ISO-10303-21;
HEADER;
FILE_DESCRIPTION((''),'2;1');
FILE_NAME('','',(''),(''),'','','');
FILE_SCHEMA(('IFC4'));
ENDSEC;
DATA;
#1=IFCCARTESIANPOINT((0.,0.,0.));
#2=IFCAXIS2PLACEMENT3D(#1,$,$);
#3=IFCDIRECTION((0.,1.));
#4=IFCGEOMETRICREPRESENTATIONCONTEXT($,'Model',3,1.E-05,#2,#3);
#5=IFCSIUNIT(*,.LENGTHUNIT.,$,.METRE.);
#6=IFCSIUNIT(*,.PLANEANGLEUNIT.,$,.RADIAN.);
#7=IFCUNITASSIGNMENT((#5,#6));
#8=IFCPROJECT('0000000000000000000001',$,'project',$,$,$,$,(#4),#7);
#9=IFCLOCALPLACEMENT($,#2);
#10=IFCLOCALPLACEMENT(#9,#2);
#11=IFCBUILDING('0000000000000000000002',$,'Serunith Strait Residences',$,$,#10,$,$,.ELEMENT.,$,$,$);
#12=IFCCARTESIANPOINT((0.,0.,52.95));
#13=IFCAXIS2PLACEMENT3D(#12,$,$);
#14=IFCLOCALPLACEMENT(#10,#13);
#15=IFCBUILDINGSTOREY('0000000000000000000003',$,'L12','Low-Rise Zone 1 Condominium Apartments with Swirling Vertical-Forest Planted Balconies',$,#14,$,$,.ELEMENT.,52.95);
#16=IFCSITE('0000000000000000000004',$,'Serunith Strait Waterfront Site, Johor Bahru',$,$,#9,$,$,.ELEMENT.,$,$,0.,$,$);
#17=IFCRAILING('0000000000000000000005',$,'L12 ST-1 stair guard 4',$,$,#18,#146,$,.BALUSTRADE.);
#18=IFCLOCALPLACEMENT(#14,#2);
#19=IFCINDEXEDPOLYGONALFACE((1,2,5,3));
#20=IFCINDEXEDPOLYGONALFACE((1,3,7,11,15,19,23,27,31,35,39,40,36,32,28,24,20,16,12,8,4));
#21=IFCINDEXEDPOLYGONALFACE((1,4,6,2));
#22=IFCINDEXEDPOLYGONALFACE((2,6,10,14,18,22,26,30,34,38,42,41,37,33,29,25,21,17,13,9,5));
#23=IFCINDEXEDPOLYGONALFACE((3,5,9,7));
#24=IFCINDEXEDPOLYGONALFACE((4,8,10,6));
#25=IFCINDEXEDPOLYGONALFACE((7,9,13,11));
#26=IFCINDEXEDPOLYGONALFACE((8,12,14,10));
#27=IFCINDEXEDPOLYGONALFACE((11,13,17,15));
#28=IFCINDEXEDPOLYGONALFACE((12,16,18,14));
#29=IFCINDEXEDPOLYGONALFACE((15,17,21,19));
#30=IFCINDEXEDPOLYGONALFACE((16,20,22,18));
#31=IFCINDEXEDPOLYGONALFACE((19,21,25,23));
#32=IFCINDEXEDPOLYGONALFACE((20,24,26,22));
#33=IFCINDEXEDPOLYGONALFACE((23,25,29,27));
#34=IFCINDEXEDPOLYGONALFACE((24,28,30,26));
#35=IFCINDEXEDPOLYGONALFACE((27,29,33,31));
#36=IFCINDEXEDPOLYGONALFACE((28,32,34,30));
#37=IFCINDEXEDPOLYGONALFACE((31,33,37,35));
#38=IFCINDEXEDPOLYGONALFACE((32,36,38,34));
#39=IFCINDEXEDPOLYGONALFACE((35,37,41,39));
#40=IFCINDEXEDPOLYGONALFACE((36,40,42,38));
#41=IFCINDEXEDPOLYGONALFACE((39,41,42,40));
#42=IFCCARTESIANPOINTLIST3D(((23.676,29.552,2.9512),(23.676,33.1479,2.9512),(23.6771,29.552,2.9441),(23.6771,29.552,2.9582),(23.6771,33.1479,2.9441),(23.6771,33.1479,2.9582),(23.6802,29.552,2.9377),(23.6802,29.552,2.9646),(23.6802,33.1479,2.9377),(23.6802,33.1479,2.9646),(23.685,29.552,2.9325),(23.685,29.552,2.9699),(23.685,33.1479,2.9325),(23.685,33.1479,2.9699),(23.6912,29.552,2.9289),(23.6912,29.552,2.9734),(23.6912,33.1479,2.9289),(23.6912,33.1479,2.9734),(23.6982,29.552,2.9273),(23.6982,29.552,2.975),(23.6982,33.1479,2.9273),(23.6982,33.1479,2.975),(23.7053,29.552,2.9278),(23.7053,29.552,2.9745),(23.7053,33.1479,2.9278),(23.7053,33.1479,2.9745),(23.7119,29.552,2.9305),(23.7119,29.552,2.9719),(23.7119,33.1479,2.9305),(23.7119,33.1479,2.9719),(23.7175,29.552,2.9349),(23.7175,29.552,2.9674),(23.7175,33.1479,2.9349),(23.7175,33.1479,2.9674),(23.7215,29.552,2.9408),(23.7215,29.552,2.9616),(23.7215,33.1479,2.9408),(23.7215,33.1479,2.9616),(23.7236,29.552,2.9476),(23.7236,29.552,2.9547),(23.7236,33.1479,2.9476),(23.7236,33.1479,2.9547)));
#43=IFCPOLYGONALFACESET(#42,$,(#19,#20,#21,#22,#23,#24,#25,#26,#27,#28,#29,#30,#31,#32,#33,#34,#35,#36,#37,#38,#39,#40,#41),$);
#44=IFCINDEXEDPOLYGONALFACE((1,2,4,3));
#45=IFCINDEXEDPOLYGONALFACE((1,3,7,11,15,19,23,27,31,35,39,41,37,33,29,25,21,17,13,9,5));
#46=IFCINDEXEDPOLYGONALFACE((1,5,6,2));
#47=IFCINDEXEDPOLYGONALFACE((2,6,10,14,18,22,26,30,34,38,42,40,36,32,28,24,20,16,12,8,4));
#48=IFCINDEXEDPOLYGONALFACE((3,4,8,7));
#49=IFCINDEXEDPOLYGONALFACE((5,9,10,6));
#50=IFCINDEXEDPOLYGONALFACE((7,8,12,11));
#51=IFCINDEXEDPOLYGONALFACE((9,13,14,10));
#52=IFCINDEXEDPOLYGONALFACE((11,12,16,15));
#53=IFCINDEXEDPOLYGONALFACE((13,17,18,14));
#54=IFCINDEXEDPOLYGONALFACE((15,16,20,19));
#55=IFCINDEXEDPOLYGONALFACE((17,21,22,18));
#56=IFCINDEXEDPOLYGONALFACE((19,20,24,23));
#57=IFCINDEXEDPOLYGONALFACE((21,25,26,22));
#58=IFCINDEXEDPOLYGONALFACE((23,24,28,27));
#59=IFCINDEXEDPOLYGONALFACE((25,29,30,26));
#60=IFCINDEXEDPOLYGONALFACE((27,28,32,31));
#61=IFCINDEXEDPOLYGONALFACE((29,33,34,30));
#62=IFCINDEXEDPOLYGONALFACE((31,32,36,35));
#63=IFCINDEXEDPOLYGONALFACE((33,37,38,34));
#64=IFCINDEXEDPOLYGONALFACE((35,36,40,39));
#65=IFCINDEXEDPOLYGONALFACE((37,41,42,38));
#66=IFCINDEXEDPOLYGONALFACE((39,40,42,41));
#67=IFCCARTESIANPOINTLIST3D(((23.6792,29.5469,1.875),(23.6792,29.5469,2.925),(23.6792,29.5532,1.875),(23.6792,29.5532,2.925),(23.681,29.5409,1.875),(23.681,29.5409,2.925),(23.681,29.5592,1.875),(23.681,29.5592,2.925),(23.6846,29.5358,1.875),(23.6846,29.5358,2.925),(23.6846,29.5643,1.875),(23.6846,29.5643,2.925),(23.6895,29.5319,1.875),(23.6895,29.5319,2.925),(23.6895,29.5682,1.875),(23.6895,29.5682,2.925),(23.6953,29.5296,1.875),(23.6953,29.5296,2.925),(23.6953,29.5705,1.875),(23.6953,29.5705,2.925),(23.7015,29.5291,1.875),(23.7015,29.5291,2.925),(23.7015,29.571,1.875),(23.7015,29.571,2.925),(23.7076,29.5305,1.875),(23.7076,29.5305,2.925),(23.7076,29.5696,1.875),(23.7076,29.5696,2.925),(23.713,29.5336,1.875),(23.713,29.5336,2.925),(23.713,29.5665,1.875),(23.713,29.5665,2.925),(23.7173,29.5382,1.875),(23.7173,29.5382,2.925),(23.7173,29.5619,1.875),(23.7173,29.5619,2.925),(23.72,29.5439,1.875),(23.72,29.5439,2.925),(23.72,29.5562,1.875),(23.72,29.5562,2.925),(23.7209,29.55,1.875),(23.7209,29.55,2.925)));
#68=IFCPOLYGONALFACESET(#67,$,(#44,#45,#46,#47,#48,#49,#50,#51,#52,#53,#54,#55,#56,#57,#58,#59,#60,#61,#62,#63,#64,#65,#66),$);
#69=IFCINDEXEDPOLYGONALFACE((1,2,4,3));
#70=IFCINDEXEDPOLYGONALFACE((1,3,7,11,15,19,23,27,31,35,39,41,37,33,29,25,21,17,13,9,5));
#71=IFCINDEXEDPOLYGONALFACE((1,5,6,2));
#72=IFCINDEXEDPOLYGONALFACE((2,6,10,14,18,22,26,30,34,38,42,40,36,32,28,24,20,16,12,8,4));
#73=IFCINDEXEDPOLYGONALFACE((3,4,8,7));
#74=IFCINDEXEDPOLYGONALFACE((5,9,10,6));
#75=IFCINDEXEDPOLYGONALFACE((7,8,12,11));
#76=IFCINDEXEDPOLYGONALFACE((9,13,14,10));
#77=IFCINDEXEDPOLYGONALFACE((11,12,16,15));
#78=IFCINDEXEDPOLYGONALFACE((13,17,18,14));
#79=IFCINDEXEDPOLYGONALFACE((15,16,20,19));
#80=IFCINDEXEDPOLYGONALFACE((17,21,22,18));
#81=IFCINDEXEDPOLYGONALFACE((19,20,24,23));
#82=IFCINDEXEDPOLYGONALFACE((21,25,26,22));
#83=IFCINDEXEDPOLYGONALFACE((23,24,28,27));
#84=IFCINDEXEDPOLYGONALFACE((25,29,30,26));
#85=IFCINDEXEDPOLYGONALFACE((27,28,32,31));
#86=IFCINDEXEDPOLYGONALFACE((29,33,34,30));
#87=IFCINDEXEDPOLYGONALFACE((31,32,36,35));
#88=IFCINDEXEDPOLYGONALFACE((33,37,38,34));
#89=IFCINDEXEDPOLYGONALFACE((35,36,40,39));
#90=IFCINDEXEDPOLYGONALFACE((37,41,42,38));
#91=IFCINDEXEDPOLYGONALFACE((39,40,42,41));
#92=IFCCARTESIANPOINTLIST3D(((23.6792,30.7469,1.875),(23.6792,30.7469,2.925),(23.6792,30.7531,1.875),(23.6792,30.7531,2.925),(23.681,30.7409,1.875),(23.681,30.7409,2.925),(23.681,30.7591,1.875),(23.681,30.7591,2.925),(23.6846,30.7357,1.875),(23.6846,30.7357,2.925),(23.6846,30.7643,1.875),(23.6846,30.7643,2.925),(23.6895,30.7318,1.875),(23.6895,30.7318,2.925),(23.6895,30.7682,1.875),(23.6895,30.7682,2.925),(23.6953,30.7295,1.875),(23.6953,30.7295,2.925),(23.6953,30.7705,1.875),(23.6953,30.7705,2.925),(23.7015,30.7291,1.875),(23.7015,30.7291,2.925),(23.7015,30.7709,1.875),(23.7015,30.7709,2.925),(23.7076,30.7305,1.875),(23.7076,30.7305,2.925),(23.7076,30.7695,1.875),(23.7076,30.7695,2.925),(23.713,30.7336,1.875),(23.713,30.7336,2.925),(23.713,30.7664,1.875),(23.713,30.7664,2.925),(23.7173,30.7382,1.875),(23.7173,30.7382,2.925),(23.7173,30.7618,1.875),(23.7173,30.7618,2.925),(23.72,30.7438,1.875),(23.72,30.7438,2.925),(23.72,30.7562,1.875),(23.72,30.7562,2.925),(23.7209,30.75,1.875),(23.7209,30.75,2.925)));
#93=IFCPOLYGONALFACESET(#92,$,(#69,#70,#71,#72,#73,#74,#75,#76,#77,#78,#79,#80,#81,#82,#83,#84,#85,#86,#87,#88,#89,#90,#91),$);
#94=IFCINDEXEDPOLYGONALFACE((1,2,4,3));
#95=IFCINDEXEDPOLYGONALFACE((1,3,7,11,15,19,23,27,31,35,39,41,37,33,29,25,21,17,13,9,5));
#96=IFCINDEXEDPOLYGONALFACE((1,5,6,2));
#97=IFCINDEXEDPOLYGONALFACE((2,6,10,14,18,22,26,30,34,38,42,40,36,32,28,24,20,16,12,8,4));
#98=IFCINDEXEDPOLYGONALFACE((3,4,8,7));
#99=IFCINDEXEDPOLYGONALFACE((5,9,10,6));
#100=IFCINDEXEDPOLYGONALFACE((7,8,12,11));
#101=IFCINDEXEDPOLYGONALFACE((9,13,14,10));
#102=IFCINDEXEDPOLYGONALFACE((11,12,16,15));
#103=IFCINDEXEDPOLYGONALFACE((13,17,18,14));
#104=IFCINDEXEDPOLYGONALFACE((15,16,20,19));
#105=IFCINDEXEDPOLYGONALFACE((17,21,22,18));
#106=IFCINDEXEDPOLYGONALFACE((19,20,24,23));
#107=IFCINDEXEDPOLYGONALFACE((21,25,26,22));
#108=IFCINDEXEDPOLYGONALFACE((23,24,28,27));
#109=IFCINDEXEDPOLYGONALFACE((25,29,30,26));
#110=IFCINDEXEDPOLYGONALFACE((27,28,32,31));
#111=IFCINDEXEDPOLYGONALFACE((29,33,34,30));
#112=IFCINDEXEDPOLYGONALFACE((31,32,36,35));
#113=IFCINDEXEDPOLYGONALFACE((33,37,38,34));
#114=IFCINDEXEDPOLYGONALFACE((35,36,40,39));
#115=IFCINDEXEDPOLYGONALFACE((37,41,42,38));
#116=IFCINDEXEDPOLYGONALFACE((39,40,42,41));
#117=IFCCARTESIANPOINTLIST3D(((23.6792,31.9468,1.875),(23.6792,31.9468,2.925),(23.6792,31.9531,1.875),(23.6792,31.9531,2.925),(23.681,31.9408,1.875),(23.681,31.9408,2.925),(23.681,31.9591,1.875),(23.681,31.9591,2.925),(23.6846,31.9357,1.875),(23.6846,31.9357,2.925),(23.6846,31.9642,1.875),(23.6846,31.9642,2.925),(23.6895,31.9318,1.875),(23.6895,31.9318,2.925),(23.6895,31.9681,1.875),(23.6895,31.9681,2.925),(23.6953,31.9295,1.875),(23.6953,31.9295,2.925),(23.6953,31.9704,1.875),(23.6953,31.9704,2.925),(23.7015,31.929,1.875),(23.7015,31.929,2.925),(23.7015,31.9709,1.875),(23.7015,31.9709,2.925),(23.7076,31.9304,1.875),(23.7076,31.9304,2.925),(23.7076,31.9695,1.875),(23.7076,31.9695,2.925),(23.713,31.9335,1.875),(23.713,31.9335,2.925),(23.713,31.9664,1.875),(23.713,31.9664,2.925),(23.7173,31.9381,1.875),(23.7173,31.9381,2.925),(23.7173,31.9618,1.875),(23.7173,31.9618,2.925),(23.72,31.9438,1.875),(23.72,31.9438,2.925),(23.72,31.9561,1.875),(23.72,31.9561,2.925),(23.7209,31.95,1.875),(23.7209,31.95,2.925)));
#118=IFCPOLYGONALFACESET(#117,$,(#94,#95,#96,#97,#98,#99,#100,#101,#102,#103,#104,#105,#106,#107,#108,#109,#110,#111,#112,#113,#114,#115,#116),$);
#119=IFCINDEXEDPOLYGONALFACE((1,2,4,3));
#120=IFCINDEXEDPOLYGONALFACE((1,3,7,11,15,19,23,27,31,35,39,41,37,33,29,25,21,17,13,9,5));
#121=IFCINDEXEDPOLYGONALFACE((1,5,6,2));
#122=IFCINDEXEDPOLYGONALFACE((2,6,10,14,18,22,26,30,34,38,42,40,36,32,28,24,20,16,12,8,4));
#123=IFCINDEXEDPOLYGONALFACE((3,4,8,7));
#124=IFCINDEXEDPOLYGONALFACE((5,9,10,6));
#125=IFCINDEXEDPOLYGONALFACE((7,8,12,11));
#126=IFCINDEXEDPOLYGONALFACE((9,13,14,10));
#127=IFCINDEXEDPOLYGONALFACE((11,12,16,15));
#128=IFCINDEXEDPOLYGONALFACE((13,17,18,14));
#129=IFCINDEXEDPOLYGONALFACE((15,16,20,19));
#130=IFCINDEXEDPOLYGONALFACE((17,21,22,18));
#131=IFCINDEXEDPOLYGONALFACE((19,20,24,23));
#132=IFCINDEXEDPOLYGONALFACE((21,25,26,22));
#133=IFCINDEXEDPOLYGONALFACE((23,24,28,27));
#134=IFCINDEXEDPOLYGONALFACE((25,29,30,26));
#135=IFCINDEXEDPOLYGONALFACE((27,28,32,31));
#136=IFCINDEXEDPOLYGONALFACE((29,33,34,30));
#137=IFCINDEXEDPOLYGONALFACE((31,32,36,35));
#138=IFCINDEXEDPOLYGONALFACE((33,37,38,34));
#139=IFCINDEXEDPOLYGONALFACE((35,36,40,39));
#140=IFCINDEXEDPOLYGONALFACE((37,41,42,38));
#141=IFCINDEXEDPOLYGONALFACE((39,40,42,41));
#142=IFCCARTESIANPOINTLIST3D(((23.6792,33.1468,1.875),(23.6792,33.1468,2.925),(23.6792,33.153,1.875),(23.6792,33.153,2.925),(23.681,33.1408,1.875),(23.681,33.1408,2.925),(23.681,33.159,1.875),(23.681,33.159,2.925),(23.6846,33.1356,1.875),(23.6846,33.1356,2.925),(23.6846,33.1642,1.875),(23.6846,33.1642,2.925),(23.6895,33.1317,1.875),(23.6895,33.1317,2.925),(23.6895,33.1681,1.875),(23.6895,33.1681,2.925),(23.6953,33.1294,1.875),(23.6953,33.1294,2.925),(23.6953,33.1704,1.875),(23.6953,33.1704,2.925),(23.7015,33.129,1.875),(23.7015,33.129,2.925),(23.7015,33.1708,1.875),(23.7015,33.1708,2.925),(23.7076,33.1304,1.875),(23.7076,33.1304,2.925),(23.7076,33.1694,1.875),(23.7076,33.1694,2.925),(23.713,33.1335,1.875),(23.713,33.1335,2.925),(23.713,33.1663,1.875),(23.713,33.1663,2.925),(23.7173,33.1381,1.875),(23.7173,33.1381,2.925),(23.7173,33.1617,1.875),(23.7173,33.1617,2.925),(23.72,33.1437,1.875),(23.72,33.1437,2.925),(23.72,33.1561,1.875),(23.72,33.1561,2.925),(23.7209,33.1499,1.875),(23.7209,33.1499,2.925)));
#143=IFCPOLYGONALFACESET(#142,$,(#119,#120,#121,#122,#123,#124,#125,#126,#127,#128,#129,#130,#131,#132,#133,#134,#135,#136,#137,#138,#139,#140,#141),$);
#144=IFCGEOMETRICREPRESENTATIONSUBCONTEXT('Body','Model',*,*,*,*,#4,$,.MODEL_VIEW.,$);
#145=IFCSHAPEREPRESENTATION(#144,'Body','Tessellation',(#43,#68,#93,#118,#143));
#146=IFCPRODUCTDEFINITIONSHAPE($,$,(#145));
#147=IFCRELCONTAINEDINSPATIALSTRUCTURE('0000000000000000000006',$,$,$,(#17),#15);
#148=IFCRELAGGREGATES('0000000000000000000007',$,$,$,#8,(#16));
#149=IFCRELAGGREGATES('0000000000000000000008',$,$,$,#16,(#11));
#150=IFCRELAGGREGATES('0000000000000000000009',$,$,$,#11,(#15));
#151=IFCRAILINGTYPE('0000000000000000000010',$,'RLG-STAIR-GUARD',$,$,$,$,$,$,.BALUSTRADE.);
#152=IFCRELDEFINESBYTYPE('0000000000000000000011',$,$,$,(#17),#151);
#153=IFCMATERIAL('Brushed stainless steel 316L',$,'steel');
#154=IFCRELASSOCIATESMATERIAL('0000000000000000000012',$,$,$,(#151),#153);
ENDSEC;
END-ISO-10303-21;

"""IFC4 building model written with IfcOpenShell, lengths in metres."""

from ifc_helpers import new_model, si_unit, direction, frame, origin, origin_2d, place, context, subcontext, project, spatial, circle, extrude, material, type_object, element, save


model = new_model("IFC4")

# Units and contexts
model_context = context("Model", 3, precision=1e-05, world=origin(), true_north=direction((0.0, 1.0)))
body_context = subcontext(model_context, "Body", "Model", "MODEL_VIEW")
ifc_project = project(units=[si_unit("LENGTHUNIT", "METRE"), si_unit("PLANEANGLEUNIT", "RADIAN")], contexts=[model_context])

# Site, building, storey
site_placement = place(None, origin())
site = spatial("IfcSite", under=ifc_project, at=site_placement, Name="Serunith Strait Waterfront Site, Johor Bahru", CompositionType="ELEMENT", RefElevation=0.0)
building_placement = place(site_placement, origin())
building = spatial("IfcBuilding", under=site, at=building_placement, Name="Serunith Strait Residences", CompositionType="ELEMENT")
storey_placement = place(building_placement, frame((0.0, 0.0, 52.95)))
storey = spatial("IfcBuildingStorey", under=building, at=storey_placement, Name="L12", Description="Low-Rise Zone 1 Condominium Apartments with Swirling Vertical-Forest Planted Balconies", CompositionType="ELEMENT", Elevation=52.95)

# Railing
ifc_material_1 = material(Name="Brushed stainless steel 316L", Category="steel")
railing_type_1 = type_object("IfcRailingType", Name="RLG-STAIR-GUARD", PredefinedType="BALUSTRADE", material=ifc_material_1)
for number, where, name in (
    (1, (23.7, 29.55, 1.875), "L12 ST-1 stair guard 4"),
):
    element("IfcRailing", number, at=place(storey_placement, frame(where)), inside=storey, type_object=railing_type_1, Name=name, PredefinedType="BALUSTRADE", context=body_context, shape_type="SweptSolid", body=[
        extrude(circle(Radius=0.0239, at=origin_2d()), frame((0.0, 0.002, 1.0762), z_axis=(0.0, 1.0, 0.0), x_axis=(-1.0, 0.0, 0.0)), (0.0, 0.0, 1.0), 3.5959),
        extrude(circle(Radius=0.021, at=origin_2d()), origin(), (0.0, 0.0, 1.0), 1.05),
        extrude(circle(Radius=0.021, at=origin_2d()), frame((0.0, 1.2, 0.0)), (0.0, 0.0, 1.0), 1.05),
        extrude(circle(Radius=0.021, at=origin_2d()), frame((0.0, 2.3999, 0.0)), (0.0, 0.0, 1.0), 1.05),
        extrude(circle(Radius=0.021, at=origin_2d()), frame((0.0, 3.5999, 0.0)), (0.0, 0.0, 1.0), 1.05),
    ])

save(model, "model.ifc")
